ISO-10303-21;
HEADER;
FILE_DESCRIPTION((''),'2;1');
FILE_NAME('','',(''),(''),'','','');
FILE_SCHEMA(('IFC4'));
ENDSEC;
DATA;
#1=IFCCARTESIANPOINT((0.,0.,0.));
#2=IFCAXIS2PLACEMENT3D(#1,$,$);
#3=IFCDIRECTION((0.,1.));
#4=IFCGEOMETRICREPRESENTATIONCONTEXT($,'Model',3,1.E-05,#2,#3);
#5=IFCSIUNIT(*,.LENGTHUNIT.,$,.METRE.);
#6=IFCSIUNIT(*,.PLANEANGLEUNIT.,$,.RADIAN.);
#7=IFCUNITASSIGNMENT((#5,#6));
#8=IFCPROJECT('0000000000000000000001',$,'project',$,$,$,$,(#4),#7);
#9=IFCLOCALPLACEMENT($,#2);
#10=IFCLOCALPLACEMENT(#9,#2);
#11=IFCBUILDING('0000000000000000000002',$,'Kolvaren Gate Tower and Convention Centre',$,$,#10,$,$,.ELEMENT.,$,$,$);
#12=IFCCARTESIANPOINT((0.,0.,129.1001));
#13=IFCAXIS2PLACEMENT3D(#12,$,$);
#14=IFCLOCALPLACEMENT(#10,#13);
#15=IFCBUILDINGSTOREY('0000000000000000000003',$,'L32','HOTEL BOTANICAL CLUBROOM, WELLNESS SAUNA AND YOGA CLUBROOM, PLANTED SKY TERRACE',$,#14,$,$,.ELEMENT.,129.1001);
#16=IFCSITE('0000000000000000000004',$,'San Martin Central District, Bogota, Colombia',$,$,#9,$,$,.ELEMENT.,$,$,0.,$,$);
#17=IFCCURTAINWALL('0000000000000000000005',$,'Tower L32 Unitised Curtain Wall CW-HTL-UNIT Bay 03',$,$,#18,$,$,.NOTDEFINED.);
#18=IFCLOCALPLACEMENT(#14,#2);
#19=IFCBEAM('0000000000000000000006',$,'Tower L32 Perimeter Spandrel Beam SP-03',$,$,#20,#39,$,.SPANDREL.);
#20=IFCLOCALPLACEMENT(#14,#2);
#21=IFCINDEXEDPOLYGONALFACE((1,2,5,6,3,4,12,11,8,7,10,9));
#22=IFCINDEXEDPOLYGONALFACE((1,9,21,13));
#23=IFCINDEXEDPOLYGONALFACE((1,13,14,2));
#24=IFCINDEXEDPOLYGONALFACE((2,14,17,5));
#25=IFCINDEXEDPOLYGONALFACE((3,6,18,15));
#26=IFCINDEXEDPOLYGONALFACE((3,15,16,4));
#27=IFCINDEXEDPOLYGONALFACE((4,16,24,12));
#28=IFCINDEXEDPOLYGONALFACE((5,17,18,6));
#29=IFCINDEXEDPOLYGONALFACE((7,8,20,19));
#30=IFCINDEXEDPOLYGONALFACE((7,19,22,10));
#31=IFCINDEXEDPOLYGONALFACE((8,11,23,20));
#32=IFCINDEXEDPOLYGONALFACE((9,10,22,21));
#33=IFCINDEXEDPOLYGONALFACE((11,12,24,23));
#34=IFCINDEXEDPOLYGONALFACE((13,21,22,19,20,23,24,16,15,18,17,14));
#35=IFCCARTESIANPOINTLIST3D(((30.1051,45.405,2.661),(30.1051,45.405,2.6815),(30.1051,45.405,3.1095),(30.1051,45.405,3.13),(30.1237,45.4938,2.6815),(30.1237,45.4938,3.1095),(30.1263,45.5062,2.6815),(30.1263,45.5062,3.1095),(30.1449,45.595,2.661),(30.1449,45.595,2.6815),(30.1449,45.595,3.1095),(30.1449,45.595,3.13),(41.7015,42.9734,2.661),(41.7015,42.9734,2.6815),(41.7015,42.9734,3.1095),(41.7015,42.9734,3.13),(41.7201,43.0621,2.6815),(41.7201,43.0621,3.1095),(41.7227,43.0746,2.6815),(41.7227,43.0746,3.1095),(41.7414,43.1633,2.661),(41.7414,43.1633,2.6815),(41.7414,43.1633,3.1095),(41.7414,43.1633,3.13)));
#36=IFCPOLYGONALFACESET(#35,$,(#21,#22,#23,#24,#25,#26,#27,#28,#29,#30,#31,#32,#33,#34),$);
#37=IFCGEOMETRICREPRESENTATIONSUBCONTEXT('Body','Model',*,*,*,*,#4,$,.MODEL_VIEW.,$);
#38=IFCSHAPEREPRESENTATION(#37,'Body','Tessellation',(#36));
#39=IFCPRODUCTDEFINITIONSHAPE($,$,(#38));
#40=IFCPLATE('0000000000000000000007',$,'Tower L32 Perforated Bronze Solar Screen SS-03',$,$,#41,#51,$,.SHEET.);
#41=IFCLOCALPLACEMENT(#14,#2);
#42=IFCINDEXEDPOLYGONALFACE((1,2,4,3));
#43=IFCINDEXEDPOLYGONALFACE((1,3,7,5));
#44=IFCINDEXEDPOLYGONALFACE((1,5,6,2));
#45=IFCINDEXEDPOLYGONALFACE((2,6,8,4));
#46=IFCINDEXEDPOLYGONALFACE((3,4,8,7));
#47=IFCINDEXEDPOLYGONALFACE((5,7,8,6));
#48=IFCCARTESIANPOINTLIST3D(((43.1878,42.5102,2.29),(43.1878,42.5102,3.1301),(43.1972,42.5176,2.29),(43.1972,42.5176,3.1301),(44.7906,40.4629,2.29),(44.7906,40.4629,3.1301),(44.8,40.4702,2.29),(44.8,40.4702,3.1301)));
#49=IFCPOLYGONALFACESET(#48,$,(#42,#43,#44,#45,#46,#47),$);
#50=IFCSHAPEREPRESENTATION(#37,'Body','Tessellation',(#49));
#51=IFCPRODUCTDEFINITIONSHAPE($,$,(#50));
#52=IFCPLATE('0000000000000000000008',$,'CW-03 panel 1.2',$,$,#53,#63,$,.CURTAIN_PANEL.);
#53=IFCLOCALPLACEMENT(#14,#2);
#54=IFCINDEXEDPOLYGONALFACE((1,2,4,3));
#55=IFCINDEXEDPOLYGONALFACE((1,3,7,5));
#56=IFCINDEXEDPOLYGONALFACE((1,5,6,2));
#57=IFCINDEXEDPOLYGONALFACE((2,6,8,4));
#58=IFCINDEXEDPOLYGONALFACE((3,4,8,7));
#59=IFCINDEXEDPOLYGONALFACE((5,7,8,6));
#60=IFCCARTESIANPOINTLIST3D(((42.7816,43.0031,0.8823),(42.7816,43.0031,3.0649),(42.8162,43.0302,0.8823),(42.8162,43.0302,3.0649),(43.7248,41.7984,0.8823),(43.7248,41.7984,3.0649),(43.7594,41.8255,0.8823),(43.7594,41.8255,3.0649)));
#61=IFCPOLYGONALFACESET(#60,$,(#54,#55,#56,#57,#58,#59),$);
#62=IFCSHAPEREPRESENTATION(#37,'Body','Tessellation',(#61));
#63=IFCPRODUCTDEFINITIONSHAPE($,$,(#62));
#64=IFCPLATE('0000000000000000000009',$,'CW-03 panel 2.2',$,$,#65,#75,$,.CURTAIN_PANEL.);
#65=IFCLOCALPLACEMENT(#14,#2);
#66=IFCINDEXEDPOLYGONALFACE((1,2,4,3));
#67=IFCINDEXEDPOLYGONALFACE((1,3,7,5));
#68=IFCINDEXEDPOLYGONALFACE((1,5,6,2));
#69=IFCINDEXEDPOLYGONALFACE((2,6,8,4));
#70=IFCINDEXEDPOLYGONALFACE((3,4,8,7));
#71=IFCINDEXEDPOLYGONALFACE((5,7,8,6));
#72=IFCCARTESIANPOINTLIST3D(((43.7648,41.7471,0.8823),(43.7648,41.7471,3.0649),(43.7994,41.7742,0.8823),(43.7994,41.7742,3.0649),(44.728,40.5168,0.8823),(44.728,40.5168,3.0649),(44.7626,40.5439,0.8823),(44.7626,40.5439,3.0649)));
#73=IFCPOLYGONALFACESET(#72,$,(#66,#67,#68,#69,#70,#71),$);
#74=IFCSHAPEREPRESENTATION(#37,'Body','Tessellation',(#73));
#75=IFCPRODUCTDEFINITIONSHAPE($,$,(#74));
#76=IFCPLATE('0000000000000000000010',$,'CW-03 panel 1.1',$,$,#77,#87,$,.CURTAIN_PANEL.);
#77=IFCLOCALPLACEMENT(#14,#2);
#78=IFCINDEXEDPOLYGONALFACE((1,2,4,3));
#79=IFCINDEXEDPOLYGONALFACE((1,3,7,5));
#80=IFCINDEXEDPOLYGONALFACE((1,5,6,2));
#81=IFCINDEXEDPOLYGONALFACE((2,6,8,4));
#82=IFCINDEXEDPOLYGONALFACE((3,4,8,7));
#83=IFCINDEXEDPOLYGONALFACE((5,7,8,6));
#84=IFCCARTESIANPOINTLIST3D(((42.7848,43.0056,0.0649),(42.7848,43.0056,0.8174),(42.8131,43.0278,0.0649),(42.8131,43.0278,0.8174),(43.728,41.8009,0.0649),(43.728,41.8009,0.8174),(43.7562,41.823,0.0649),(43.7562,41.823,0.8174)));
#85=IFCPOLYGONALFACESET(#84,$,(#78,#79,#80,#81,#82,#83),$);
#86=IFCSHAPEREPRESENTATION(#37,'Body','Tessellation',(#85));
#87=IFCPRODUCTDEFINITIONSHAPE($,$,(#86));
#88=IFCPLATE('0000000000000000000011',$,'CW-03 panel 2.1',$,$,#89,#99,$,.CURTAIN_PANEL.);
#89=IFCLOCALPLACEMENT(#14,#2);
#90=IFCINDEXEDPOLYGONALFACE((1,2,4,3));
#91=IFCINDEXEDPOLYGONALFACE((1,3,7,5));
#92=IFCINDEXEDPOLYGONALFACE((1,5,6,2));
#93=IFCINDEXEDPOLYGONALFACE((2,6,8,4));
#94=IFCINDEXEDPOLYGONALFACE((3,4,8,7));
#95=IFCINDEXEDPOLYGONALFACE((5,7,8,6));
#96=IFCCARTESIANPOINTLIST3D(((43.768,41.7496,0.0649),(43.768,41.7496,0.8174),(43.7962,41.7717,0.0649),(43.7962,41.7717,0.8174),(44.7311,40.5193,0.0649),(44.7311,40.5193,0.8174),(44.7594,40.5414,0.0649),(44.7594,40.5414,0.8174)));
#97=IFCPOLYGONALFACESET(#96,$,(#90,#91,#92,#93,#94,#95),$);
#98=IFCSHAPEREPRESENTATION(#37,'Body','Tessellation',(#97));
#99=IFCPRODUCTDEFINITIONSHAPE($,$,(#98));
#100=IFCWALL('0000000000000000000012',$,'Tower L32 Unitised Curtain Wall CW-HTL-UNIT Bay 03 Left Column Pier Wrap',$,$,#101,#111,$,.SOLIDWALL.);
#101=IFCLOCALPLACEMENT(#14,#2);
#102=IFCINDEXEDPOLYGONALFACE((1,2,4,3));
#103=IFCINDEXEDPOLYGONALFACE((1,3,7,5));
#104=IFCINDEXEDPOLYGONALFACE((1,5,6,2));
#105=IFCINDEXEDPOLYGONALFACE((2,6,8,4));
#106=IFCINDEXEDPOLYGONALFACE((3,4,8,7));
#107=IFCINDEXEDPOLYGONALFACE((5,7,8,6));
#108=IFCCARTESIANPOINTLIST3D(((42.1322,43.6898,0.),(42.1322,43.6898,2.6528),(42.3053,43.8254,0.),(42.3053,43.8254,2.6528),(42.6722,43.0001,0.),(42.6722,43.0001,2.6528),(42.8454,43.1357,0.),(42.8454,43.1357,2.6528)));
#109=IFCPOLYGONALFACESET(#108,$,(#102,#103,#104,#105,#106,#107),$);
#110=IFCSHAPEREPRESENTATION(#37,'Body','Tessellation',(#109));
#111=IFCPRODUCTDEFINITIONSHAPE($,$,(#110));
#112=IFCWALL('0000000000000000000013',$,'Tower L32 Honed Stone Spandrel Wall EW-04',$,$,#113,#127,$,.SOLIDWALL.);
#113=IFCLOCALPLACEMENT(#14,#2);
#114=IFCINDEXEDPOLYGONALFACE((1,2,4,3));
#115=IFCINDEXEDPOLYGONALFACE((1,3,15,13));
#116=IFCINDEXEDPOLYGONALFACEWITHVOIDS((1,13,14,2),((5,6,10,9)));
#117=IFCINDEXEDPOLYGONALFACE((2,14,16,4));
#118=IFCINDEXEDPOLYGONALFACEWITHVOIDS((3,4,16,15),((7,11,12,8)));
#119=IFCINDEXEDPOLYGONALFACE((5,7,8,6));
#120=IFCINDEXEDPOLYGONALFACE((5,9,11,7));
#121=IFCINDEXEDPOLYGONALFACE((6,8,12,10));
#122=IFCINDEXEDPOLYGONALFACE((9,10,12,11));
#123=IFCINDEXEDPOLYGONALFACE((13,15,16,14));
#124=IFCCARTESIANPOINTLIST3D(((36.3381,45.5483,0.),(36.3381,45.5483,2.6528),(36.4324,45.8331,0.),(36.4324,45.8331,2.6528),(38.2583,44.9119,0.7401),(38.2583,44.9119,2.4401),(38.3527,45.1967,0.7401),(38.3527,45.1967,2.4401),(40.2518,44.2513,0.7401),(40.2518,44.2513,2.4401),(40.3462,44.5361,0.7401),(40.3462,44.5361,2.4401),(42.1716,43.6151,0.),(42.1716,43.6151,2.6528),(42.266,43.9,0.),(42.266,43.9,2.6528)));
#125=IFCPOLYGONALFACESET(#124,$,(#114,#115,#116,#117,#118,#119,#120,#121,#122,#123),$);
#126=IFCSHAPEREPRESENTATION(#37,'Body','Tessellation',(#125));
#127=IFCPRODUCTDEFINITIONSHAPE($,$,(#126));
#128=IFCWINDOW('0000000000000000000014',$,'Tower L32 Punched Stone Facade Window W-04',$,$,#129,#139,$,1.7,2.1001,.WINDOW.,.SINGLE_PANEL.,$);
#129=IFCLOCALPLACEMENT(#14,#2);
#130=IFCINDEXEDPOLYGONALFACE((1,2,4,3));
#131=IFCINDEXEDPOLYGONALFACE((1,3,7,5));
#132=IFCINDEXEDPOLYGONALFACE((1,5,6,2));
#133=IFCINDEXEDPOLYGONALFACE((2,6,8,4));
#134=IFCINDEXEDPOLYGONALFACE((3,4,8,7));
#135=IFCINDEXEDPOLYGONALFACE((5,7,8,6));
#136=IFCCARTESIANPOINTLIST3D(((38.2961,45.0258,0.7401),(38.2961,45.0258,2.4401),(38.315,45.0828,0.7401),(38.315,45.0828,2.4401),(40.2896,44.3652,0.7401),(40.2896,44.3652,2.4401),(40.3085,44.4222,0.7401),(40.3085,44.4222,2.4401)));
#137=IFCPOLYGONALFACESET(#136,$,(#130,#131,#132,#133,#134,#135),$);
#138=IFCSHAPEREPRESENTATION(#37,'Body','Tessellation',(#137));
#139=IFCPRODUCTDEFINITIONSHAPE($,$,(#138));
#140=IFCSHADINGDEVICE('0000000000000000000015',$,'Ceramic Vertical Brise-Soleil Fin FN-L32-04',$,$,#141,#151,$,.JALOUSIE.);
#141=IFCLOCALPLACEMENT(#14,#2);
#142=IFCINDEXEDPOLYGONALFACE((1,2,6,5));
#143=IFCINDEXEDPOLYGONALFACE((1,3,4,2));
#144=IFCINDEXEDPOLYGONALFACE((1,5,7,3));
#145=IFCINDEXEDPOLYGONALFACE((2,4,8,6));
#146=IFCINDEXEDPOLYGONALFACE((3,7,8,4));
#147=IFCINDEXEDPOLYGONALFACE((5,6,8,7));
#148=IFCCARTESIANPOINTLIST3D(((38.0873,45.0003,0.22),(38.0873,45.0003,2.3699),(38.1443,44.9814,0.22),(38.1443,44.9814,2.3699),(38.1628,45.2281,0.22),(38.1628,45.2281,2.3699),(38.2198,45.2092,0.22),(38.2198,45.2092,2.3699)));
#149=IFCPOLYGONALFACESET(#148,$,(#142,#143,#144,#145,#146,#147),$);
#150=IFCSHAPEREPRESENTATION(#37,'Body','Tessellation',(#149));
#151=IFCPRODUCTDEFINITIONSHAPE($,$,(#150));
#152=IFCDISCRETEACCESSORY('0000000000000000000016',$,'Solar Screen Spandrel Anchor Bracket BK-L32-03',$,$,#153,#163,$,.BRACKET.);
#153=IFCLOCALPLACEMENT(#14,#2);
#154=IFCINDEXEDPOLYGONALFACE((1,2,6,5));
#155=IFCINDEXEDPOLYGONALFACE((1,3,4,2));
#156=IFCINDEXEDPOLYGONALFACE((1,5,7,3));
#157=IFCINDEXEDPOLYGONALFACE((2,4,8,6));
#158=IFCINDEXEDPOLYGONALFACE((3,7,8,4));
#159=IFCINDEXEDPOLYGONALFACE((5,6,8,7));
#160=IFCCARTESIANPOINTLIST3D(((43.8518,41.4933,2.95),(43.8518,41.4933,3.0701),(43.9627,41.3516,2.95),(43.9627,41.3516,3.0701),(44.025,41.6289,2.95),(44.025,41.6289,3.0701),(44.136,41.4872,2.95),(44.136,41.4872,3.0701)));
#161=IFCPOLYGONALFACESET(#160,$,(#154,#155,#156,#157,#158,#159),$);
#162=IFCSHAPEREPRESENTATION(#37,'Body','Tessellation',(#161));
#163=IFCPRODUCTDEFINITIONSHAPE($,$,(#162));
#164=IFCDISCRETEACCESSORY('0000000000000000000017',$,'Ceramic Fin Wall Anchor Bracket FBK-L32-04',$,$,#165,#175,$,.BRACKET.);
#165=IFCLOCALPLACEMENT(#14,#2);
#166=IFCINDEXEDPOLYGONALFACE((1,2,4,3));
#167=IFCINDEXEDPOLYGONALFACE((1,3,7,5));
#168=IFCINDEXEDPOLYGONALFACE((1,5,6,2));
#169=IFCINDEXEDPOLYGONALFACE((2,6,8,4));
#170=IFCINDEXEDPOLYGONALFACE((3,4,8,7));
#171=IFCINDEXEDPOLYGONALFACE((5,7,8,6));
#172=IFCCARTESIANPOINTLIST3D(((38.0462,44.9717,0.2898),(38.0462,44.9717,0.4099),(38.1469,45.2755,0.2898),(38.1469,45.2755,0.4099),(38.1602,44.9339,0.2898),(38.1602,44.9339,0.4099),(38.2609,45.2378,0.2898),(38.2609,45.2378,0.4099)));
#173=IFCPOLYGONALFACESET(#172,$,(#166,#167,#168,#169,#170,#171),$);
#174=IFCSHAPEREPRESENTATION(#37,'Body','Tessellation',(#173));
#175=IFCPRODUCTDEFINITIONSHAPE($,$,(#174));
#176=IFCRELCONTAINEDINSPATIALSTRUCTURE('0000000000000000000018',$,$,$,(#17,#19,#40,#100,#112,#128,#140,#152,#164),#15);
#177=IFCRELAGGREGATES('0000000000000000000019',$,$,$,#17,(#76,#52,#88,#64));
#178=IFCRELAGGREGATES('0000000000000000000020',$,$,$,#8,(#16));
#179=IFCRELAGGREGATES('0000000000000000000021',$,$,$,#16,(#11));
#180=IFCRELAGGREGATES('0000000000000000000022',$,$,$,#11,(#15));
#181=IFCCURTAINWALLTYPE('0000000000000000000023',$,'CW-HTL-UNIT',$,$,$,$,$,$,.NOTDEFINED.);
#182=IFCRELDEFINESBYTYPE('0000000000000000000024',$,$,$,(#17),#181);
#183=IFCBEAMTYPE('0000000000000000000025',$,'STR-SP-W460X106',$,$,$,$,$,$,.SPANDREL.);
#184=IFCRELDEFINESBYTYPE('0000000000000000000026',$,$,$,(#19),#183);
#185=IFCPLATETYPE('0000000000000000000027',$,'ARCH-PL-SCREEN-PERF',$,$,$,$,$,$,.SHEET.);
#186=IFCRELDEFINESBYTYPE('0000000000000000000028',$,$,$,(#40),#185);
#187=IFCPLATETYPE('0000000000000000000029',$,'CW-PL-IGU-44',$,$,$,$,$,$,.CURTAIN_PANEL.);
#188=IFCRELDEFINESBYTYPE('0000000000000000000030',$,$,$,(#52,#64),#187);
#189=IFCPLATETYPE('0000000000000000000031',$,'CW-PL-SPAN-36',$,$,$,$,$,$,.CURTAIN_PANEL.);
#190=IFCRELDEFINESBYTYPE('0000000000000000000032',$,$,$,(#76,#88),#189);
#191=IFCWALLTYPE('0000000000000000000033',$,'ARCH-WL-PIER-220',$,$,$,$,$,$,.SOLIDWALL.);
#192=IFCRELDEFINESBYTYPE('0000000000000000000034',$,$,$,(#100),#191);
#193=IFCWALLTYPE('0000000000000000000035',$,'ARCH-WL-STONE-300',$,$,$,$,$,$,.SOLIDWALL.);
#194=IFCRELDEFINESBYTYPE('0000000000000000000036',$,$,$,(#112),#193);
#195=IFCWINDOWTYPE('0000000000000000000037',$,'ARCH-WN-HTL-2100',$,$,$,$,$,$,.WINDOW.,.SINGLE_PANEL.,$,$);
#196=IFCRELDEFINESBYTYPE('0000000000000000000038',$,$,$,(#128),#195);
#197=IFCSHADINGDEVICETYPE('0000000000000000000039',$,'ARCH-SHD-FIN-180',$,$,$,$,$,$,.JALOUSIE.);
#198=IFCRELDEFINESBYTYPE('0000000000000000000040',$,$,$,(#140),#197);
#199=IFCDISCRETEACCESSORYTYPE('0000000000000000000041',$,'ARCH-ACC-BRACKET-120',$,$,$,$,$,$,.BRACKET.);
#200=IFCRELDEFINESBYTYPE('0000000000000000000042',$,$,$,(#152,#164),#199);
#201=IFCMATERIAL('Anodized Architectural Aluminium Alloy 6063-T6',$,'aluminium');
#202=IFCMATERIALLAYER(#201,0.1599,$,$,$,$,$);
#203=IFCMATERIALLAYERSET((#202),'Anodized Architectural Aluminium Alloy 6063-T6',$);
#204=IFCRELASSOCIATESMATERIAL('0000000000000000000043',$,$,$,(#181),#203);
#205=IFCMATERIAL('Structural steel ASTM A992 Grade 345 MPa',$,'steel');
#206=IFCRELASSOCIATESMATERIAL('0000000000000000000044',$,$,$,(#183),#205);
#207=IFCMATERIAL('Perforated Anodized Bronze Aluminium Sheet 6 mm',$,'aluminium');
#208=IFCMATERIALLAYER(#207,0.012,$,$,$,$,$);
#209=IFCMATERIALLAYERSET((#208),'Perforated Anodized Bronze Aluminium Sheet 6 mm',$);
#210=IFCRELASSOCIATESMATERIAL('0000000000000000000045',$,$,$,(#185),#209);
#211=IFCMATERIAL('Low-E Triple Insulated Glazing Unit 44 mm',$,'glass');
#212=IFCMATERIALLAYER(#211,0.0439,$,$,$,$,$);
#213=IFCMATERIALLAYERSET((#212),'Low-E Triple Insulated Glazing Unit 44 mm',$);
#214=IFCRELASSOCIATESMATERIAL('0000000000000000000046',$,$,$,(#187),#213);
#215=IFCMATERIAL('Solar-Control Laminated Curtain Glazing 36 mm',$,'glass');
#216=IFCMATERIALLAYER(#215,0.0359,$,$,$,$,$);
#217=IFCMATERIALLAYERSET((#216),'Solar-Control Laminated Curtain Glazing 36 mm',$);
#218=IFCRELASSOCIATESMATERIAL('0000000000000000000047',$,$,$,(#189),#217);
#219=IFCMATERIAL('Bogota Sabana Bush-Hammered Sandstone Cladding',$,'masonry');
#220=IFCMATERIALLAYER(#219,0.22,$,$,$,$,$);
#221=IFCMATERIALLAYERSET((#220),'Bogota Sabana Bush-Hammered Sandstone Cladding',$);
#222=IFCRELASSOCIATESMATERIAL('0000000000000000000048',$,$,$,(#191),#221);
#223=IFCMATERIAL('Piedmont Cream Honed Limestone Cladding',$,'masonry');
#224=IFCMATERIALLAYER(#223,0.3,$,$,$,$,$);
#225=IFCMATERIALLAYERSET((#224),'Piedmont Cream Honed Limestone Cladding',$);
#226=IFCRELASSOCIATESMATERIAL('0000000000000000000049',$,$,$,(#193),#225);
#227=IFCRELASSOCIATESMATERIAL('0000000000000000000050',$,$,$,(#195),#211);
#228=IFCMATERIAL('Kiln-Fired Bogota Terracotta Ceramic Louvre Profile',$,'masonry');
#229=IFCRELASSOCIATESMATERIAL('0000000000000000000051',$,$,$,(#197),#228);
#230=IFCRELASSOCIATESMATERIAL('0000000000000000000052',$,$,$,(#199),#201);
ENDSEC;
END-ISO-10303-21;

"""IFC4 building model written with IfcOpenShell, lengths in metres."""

from ifc_helpers import new_model, si_unit, direction, frame, frame_2d, origin, origin_2d, place, context, subcontext, project, spatial, rectangle, i_section, extrude, material, layer, layer_set, material_profile, profile_set, type_object, element, fill, aggregate, save


model = new_model("IFC4")

# Units and contexts
model_context = context("Model", 3, precision=1e-05, world=origin(), true_north=direction((0.0, 1.0)))
body_context = subcontext(model_context, "Body", "Model", "MODEL_VIEW")
ifc_project = project(units=[si_unit("LENGTHUNIT", "METRE"), si_unit("PLANEANGLEUNIT", "RADIAN")], contexts=[model_context])

# Site, building, storey
site_placement = place(None, origin())
site = spatial("IfcSite", under=ifc_project, at=site_placement, Name="San Martin Central District, Bogota, Colombia", CompositionType="ELEMENT", RefElevation=0.0)
building_placement = place(site_placement, origin())
building = spatial("IfcBuilding", under=site, at=building_placement, Name="Kolvaren Gate Tower and Convention Centre", CompositionType="ELEMENT")
storey_placement = place(building_placement, frame((0.0, 0.0, 129.1001)))
storey = spatial("IfcBuildingStorey", under=building, at=storey_placement, Name="L32", Description="HOTEL BOTANICAL CLUBROOM, WELLNESS SAUNA AND YOGA CLUBROOM, PLANTED SKY TERRACE", CompositionType="ELEMENT", Elevation=129.1001)

# Curtain wall
ifc_material_1 = material(Name="Anodized Architectural Aluminium Alloy 6063-T6", Category="aluminium")
ifc_layer_1 = layer(ifc_material_1, 0.1599)
ifc_layer_set_1 = layer_set([ifc_layer_1], Name="Anodized Architectural Aluminium Alloy 6063-T6")
curtain_wall_type = type_object("IfcCurtainWallType", Name="CW-HTL-UNIT", PredefinedType="NOTDEFINED", material=ifc_layer_set_1)
curtain_wall_placement = place(storey_placement, origin())
curtain_wall = element("IfcCurtainWall", 1, at=curtain_wall_placement, inside=storey, type_object=curtain_wall_type, Name="Tower L32 Unitised Curtain Wall CW-HTL-UNIT Bay 03", PredefinedType="NOTDEFINED")

# Beam
ifc_material_2 = material(Name="Structural steel ASTM A992 Grade 345 MPa", Category="steel")
ifc_material_profile_1 = material_profile(ifc_material_2, i_section(OverallWidth=0.1941, OverallDepth=0.469, WebThickness=0.0127, FlangeThickness=0.0205, at=origin_2d()), Name="W460X106")
ifc_profile_set_1 = profile_set([ifc_material_profile_1], Name="Structural steel ASTM A992 Grade 345 MPa")
beam_type = type_object("IfcBeamType", Name="STR-SP-W460X106", PredefinedType="SPANDREL", material=ifc_profile_set_1)
beam_placement = place(storey_placement, frame((41.7214, 43.0684, 2.8955), z_axis=(-0.978715, 0.205225, 0.0), x_axis=(-0.205225, -0.978715, 0.0)))
element("IfcBeam", 2, at=beam_placement, inside=storey, type_object=beam_type, Name="Tower L32 Perimeter Spandrel Beam SP-03", PredefinedType="SPANDREL", context=body_context, shape_type="SweptSolid", body=[
    extrude(i_section(OverallWidth=0.1941, OverallDepth=0.469, WebThickness=0.0127, FlangeThickness=0.0205, at=origin_2d()), origin(), (0.0, 0.0, 1.0), 11.8486),
])

# Plates
ifc_material_3 = material(Name="Perforated Anodized Bronze Aluminium Sheet 6 mm", Category="aluminium")
ifc_layer_2 = layer(ifc_material_3, 0.012)
ifc_layer_set_2 = layer_set([ifc_layer_2], Name="Perforated Anodized Bronze Aluminium Sheet 6 mm")
plate_type_1 = type_object("IfcPlateType", Name="ARCH-PL-SCREEN-PERF", PredefinedType="SHEET", material=ifc_layer_set_2)
plate_1_placement = place(storey_placement, frame((43.9939, 41.4902, 2.29), z_axis=(0.0, 0.0, 1.0), x_axis=(0.616424, -0.787414, 0.0)))
element("IfcPlate", 3, at=plate_1_placement, inside=storey, type_object=plate_type_1, Name="Tower L32 Perforated Bronze Solar Screen SS-03", PredefinedType="SHEET", context=body_context, shape_type="SweptSolid", body=[
    extrude(rectangle(XDim=2.6001, YDim=0.012, at=origin_2d()), origin(), (0.0, 0.0, 1.0), 0.8401),
])
ifc_material_4 = material(Name="Low-E Triple Insulated Glazing Unit 44 mm", Category="glass")
ifc_layer_3 = layer(ifc_material_4, 0.0439)
ifc_layer_set_3 = layer_set([ifc_layer_3], Name="Low-E Triple Insulated Glazing Unit 44 mm")
plate_type_2 = type_object("IfcPlateType", Name="CW-PL-IGU-44", PredefinedType="CURTAIN_PANEL", material=ifc_layer_set_3)
plate_2_placement = place(storey_placement, frame((43.2705, 42.4143, 0.8823), z_axis=(0.0, 0.0, 1.0), x_axis=(0.616426, -0.787413, 0.0)))
plate_2 = element("IfcPlate", 4, at=plate_2_placement, type_object=plate_type_2, Name="CW-03 panel 1.2", PredefinedType="CURTAIN_PANEL", context=body_context, shape_type="SweptSolid", body=[
    extrude(rectangle(XDim=1.53, YDim=0.0439, at=origin_2d()), origin(), (0.0, 0.0, 1.0), 2.1826),
])
plate_3_placement = place(storey_placement, frame((44.2637, 41.1455, 0.8823), z_axis=(0.0, 0.0, 1.0), x_axis=(0.616426, -0.787413, 0.0)))
plate_3 = element("IfcPlate", 5, at=plate_3_placement, type_object=plate_type_2, Name="CW-03 panel 2.2", PredefinedType="CURTAIN_PANEL", context=body_context, shape_type="SweptSolid", body=[
    extrude(rectangle(XDim=1.5625, YDim=0.0439, at=origin_2d()), origin(), (0.0, 0.0, 1.0), 2.1826),
])
ifc_material_5 = material(Name="Solar-Control Laminated Curtain Glazing 36 mm", Category="glass")
ifc_layer_4 = layer(ifc_material_5, 0.0359)
ifc_layer_set_4 = layer_set([ifc_layer_4], Name="Solar-Control Laminated Curtain Glazing 36 mm")
plate_type_3 = type_object("IfcPlateType", Name="CW-PL-SPAN-36", PredefinedType="CURTAIN_PANEL", material=ifc_layer_set_4)
plate_4_placement = place(storey_placement, frame((43.2705, 42.4143, 0.0649), z_axis=(0.0, 0.0, 1.0), x_axis=(0.616426, -0.787413, 0.0)))
plate_4 = element("IfcPlate", 6, at=plate_4_placement, type_object=plate_type_3, Name="CW-03 panel 1.1", PredefinedType="CURTAIN_PANEL", context=body_context, shape_type="SweptSolid", body=[
    extrude(rectangle(XDim=1.53, YDim=0.0359, at=origin_2d()), origin(), (0.0, 0.0, 1.0), 0.7524),
])
plate_5_placement = place(storey_placement, frame((44.2637, 41.1455, 0.0649), z_axis=(0.0, 0.0, 1.0), x_axis=(0.616426, -0.787413, 0.0)))
plate_5 = element("IfcPlate", 7, at=plate_5_placement, type_object=plate_type_3, Name="CW-03 panel 2.1", PredefinedType="CURTAIN_PANEL", context=body_context, shape_type="SweptSolid", body=[
    extrude(rectangle(XDim=1.5625, YDim=0.0359, at=origin_2d()), origin(), (0.0, 0.0, 1.0), 0.7524),
])
aggregate(curtain_wall, [plate_4, plate_2, plate_5, plate_3])

# Wall
ifc_material_6 = material(Name="Bogota Sabana Bush-Hammered Sandstone Cladding", Category="masonry")
ifc_layer_5 = layer(ifc_material_6, 0.22)
ifc_layer_set_5 = layer_set([ifc_layer_5], Name="Bogota Sabana Bush-Hammered Sandstone Cladding")
wall_type_1 = type_object("IfcWallType", Name="ARCH-WL-PIER-220", PredefinedType="SOLIDWALL", material=ifc_layer_set_5)
wall_1_placement = place(storey_placement, frame((42.2188, 43.7576, 0.0), z_axis=(0.0, 0.0, 1.0), x_axis=(0.616504, -0.787352, 0.0)))
element("IfcWall", 8, at=wall_1_placement, inside=storey, type_object=wall_type_1, Name="Tower L32 Unitised Curtain Wall CW-HTL-UNIT Bay 03 Left Column Pier Wrap", PredefinedType="SOLIDWALL", context=body_context, shape_type="SweptSolid", body=[
    extrude(rectangle(XDim=0.876, YDim=0.22, at=frame_2d((0.438, 0.0))), origin(), (0.0, 0.0, 1.0), 2.6528),
])

# Wall, opening, window
ifc_material_7 = material(Name="Piedmont Cream Honed Limestone Cladding", Category="masonry")
ifc_layer_6 = layer(ifc_material_7, 0.3)
ifc_layer_set_6 = layer_set([ifc_layer_6], Name="Piedmont Cream Honed Limestone Cladding")
wall_type_2 = type_object("IfcWallType", Name="ARCH-WL-STONE-300", PredefinedType="SOLIDWALL", material=ifc_layer_set_6)
wall_2_placement = place(storey_placement, frame((36.3853, 45.6907, 0.0), z_axis=(0.0, 0.0, 1.0), x_axis=(0.949238, -0.314559, 0.0)))
wall_2 = element("IfcWall", 9, at=wall_2_placement, inside=storey, type_object=wall_type_2, Name="Tower L32 Honed Stone Spandrel Wall EW-04", PredefinedType="SOLIDWALL", context=body_context, shape_type="SweptSolid", body=[
    extrude(rectangle(XDim=6.1455, YDim=0.3, at=frame_2d((3.0728, 0.0))), origin(), (0.0, 0.0, 1.0), 2.6528),
])
opening_placement = place(wall_2_placement, frame((2.0229, 0.0, 0.74)))
opening = element("IfcOpeningElement", 10, at=opening_placement, cuts=wall_2, PredefinedType="OPENING", context=body_context, shape_type="SweptSolid", body=[
    extrude(rectangle(XDim=2.1001, YDim=1.7, at=frame_2d((1.05, 0.8501))), frame((0.0, 0.1599, 0.0), z_axis=(0.0, -1.0, 0.0), x_axis=(1.0, 0.0, 0.0)), (0.0, 0.0, 1.0), 0.3201),
])
window_type = type_object("IfcWindowType", Name="ARCH-WN-HTL-2100", PartitioningType="SINGLE_PANEL", PredefinedType="WINDOW", material=ifc_material_4)
window_placement = place(opening_placement, origin())
window = element("IfcWindow", 11, at=window_placement, inside=storey, type_object=window_type, Name="Tower L32 Punched Stone Facade Window W-04", OverallHeight=1.7, OverallWidth=2.1001, PartitioningType="SINGLE_PANEL", PredefinedType="WINDOW", context=body_context, shape_type="SweptSolid", body=[
    extrude(rectangle(XDim=2.1001, YDim=1.7, at=frame_2d((1.05, 0.8501))), frame((0.0, 0.03, 0.0), z_axis=(0.0, -1.0, 0.0), x_axis=(1.0, 0.0, 0.0)), (0.0, 0.0, 1.0), 0.0601),
])
fill(opening, window)

# Shading device
ifc_material_8 = material(Name="Kiln-Fired Bogota Terracotta Ceramic Louvre Profile", Category="masonry")
shading_device_type = type_object("IfcShadingDeviceType", Name="ARCH-SHD-FIN-180", PredefinedType="JALOUSIE", material=ifc_material_8)
shading_device_placement = place(storey_placement, frame((38.1536, 45.1047, 0.22), z_axis=(0.0, 0.0, 1.0), x_axis=(0.94924, -0.314552, 0.0)))
element("IfcShadingDevice", 12, at=shading_device_placement, inside=storey, type_object=shading_device_type, Name="Ceramic Vertical Brise-Soleil Fin FN-L32-04", PredefinedType="JALOUSIE", context=body_context, shape_type="SweptSolid", body=[
    extrude(rectangle(XDim=0.0601, YDim=0.24, at=origin_2d()), origin(), (0.0, 0.0, 1.0), 2.1499),
])

# Discrete accessories
discrete_accessory_type = type_object("IfcDiscreteAccessoryType", Name="ARCH-ACC-BRACKET-120", PredefinedType="BRACKET", material=ifc_material_1)
discrete_accessory_1_placement = place(storey_placement, frame((43.9939, 41.4902, 2.95), z_axis=(0.0, 0.0, 1.0), x_axis=(0.616424, -0.787414, 0.0)))
element("IfcDiscreteAccessory", 13, at=discrete_accessory_1_placement, inside=storey, type_object=discrete_accessory_type, Name="Solar Screen Spandrel Anchor Bracket BK-L32-03", PredefinedType="BRACKET", context=body_context, shape_type="SweptSolid", body=[
    extrude(rectangle(XDim=0.1799, YDim=0.22, at=origin_2d()), origin(), (0.0, 0.0, 1.0), 0.1201),
])
discrete_accessory_2_placement = place(storey_placement, frame((38.1536, 45.1047, 0.2898), z_axis=(0.0, 0.0, 1.0), x_axis=(0.94924, -0.314552, 0.0)))
element("IfcDiscreteAccessory", 14, at=discrete_accessory_2_placement, inside=storey, type_object=discrete_accessory_type, Name="Ceramic Fin Wall Anchor Bracket FBK-L32-04", PredefinedType="BRACKET", context=body_context, shape_type="SweptSolid", body=[
    extrude(rectangle(XDim=0.1201, YDim=0.3201, at=origin_2d()), origin(), (0.0, 0.0, 1.0), 0.1201),
])

save(model, "model.ifc")
